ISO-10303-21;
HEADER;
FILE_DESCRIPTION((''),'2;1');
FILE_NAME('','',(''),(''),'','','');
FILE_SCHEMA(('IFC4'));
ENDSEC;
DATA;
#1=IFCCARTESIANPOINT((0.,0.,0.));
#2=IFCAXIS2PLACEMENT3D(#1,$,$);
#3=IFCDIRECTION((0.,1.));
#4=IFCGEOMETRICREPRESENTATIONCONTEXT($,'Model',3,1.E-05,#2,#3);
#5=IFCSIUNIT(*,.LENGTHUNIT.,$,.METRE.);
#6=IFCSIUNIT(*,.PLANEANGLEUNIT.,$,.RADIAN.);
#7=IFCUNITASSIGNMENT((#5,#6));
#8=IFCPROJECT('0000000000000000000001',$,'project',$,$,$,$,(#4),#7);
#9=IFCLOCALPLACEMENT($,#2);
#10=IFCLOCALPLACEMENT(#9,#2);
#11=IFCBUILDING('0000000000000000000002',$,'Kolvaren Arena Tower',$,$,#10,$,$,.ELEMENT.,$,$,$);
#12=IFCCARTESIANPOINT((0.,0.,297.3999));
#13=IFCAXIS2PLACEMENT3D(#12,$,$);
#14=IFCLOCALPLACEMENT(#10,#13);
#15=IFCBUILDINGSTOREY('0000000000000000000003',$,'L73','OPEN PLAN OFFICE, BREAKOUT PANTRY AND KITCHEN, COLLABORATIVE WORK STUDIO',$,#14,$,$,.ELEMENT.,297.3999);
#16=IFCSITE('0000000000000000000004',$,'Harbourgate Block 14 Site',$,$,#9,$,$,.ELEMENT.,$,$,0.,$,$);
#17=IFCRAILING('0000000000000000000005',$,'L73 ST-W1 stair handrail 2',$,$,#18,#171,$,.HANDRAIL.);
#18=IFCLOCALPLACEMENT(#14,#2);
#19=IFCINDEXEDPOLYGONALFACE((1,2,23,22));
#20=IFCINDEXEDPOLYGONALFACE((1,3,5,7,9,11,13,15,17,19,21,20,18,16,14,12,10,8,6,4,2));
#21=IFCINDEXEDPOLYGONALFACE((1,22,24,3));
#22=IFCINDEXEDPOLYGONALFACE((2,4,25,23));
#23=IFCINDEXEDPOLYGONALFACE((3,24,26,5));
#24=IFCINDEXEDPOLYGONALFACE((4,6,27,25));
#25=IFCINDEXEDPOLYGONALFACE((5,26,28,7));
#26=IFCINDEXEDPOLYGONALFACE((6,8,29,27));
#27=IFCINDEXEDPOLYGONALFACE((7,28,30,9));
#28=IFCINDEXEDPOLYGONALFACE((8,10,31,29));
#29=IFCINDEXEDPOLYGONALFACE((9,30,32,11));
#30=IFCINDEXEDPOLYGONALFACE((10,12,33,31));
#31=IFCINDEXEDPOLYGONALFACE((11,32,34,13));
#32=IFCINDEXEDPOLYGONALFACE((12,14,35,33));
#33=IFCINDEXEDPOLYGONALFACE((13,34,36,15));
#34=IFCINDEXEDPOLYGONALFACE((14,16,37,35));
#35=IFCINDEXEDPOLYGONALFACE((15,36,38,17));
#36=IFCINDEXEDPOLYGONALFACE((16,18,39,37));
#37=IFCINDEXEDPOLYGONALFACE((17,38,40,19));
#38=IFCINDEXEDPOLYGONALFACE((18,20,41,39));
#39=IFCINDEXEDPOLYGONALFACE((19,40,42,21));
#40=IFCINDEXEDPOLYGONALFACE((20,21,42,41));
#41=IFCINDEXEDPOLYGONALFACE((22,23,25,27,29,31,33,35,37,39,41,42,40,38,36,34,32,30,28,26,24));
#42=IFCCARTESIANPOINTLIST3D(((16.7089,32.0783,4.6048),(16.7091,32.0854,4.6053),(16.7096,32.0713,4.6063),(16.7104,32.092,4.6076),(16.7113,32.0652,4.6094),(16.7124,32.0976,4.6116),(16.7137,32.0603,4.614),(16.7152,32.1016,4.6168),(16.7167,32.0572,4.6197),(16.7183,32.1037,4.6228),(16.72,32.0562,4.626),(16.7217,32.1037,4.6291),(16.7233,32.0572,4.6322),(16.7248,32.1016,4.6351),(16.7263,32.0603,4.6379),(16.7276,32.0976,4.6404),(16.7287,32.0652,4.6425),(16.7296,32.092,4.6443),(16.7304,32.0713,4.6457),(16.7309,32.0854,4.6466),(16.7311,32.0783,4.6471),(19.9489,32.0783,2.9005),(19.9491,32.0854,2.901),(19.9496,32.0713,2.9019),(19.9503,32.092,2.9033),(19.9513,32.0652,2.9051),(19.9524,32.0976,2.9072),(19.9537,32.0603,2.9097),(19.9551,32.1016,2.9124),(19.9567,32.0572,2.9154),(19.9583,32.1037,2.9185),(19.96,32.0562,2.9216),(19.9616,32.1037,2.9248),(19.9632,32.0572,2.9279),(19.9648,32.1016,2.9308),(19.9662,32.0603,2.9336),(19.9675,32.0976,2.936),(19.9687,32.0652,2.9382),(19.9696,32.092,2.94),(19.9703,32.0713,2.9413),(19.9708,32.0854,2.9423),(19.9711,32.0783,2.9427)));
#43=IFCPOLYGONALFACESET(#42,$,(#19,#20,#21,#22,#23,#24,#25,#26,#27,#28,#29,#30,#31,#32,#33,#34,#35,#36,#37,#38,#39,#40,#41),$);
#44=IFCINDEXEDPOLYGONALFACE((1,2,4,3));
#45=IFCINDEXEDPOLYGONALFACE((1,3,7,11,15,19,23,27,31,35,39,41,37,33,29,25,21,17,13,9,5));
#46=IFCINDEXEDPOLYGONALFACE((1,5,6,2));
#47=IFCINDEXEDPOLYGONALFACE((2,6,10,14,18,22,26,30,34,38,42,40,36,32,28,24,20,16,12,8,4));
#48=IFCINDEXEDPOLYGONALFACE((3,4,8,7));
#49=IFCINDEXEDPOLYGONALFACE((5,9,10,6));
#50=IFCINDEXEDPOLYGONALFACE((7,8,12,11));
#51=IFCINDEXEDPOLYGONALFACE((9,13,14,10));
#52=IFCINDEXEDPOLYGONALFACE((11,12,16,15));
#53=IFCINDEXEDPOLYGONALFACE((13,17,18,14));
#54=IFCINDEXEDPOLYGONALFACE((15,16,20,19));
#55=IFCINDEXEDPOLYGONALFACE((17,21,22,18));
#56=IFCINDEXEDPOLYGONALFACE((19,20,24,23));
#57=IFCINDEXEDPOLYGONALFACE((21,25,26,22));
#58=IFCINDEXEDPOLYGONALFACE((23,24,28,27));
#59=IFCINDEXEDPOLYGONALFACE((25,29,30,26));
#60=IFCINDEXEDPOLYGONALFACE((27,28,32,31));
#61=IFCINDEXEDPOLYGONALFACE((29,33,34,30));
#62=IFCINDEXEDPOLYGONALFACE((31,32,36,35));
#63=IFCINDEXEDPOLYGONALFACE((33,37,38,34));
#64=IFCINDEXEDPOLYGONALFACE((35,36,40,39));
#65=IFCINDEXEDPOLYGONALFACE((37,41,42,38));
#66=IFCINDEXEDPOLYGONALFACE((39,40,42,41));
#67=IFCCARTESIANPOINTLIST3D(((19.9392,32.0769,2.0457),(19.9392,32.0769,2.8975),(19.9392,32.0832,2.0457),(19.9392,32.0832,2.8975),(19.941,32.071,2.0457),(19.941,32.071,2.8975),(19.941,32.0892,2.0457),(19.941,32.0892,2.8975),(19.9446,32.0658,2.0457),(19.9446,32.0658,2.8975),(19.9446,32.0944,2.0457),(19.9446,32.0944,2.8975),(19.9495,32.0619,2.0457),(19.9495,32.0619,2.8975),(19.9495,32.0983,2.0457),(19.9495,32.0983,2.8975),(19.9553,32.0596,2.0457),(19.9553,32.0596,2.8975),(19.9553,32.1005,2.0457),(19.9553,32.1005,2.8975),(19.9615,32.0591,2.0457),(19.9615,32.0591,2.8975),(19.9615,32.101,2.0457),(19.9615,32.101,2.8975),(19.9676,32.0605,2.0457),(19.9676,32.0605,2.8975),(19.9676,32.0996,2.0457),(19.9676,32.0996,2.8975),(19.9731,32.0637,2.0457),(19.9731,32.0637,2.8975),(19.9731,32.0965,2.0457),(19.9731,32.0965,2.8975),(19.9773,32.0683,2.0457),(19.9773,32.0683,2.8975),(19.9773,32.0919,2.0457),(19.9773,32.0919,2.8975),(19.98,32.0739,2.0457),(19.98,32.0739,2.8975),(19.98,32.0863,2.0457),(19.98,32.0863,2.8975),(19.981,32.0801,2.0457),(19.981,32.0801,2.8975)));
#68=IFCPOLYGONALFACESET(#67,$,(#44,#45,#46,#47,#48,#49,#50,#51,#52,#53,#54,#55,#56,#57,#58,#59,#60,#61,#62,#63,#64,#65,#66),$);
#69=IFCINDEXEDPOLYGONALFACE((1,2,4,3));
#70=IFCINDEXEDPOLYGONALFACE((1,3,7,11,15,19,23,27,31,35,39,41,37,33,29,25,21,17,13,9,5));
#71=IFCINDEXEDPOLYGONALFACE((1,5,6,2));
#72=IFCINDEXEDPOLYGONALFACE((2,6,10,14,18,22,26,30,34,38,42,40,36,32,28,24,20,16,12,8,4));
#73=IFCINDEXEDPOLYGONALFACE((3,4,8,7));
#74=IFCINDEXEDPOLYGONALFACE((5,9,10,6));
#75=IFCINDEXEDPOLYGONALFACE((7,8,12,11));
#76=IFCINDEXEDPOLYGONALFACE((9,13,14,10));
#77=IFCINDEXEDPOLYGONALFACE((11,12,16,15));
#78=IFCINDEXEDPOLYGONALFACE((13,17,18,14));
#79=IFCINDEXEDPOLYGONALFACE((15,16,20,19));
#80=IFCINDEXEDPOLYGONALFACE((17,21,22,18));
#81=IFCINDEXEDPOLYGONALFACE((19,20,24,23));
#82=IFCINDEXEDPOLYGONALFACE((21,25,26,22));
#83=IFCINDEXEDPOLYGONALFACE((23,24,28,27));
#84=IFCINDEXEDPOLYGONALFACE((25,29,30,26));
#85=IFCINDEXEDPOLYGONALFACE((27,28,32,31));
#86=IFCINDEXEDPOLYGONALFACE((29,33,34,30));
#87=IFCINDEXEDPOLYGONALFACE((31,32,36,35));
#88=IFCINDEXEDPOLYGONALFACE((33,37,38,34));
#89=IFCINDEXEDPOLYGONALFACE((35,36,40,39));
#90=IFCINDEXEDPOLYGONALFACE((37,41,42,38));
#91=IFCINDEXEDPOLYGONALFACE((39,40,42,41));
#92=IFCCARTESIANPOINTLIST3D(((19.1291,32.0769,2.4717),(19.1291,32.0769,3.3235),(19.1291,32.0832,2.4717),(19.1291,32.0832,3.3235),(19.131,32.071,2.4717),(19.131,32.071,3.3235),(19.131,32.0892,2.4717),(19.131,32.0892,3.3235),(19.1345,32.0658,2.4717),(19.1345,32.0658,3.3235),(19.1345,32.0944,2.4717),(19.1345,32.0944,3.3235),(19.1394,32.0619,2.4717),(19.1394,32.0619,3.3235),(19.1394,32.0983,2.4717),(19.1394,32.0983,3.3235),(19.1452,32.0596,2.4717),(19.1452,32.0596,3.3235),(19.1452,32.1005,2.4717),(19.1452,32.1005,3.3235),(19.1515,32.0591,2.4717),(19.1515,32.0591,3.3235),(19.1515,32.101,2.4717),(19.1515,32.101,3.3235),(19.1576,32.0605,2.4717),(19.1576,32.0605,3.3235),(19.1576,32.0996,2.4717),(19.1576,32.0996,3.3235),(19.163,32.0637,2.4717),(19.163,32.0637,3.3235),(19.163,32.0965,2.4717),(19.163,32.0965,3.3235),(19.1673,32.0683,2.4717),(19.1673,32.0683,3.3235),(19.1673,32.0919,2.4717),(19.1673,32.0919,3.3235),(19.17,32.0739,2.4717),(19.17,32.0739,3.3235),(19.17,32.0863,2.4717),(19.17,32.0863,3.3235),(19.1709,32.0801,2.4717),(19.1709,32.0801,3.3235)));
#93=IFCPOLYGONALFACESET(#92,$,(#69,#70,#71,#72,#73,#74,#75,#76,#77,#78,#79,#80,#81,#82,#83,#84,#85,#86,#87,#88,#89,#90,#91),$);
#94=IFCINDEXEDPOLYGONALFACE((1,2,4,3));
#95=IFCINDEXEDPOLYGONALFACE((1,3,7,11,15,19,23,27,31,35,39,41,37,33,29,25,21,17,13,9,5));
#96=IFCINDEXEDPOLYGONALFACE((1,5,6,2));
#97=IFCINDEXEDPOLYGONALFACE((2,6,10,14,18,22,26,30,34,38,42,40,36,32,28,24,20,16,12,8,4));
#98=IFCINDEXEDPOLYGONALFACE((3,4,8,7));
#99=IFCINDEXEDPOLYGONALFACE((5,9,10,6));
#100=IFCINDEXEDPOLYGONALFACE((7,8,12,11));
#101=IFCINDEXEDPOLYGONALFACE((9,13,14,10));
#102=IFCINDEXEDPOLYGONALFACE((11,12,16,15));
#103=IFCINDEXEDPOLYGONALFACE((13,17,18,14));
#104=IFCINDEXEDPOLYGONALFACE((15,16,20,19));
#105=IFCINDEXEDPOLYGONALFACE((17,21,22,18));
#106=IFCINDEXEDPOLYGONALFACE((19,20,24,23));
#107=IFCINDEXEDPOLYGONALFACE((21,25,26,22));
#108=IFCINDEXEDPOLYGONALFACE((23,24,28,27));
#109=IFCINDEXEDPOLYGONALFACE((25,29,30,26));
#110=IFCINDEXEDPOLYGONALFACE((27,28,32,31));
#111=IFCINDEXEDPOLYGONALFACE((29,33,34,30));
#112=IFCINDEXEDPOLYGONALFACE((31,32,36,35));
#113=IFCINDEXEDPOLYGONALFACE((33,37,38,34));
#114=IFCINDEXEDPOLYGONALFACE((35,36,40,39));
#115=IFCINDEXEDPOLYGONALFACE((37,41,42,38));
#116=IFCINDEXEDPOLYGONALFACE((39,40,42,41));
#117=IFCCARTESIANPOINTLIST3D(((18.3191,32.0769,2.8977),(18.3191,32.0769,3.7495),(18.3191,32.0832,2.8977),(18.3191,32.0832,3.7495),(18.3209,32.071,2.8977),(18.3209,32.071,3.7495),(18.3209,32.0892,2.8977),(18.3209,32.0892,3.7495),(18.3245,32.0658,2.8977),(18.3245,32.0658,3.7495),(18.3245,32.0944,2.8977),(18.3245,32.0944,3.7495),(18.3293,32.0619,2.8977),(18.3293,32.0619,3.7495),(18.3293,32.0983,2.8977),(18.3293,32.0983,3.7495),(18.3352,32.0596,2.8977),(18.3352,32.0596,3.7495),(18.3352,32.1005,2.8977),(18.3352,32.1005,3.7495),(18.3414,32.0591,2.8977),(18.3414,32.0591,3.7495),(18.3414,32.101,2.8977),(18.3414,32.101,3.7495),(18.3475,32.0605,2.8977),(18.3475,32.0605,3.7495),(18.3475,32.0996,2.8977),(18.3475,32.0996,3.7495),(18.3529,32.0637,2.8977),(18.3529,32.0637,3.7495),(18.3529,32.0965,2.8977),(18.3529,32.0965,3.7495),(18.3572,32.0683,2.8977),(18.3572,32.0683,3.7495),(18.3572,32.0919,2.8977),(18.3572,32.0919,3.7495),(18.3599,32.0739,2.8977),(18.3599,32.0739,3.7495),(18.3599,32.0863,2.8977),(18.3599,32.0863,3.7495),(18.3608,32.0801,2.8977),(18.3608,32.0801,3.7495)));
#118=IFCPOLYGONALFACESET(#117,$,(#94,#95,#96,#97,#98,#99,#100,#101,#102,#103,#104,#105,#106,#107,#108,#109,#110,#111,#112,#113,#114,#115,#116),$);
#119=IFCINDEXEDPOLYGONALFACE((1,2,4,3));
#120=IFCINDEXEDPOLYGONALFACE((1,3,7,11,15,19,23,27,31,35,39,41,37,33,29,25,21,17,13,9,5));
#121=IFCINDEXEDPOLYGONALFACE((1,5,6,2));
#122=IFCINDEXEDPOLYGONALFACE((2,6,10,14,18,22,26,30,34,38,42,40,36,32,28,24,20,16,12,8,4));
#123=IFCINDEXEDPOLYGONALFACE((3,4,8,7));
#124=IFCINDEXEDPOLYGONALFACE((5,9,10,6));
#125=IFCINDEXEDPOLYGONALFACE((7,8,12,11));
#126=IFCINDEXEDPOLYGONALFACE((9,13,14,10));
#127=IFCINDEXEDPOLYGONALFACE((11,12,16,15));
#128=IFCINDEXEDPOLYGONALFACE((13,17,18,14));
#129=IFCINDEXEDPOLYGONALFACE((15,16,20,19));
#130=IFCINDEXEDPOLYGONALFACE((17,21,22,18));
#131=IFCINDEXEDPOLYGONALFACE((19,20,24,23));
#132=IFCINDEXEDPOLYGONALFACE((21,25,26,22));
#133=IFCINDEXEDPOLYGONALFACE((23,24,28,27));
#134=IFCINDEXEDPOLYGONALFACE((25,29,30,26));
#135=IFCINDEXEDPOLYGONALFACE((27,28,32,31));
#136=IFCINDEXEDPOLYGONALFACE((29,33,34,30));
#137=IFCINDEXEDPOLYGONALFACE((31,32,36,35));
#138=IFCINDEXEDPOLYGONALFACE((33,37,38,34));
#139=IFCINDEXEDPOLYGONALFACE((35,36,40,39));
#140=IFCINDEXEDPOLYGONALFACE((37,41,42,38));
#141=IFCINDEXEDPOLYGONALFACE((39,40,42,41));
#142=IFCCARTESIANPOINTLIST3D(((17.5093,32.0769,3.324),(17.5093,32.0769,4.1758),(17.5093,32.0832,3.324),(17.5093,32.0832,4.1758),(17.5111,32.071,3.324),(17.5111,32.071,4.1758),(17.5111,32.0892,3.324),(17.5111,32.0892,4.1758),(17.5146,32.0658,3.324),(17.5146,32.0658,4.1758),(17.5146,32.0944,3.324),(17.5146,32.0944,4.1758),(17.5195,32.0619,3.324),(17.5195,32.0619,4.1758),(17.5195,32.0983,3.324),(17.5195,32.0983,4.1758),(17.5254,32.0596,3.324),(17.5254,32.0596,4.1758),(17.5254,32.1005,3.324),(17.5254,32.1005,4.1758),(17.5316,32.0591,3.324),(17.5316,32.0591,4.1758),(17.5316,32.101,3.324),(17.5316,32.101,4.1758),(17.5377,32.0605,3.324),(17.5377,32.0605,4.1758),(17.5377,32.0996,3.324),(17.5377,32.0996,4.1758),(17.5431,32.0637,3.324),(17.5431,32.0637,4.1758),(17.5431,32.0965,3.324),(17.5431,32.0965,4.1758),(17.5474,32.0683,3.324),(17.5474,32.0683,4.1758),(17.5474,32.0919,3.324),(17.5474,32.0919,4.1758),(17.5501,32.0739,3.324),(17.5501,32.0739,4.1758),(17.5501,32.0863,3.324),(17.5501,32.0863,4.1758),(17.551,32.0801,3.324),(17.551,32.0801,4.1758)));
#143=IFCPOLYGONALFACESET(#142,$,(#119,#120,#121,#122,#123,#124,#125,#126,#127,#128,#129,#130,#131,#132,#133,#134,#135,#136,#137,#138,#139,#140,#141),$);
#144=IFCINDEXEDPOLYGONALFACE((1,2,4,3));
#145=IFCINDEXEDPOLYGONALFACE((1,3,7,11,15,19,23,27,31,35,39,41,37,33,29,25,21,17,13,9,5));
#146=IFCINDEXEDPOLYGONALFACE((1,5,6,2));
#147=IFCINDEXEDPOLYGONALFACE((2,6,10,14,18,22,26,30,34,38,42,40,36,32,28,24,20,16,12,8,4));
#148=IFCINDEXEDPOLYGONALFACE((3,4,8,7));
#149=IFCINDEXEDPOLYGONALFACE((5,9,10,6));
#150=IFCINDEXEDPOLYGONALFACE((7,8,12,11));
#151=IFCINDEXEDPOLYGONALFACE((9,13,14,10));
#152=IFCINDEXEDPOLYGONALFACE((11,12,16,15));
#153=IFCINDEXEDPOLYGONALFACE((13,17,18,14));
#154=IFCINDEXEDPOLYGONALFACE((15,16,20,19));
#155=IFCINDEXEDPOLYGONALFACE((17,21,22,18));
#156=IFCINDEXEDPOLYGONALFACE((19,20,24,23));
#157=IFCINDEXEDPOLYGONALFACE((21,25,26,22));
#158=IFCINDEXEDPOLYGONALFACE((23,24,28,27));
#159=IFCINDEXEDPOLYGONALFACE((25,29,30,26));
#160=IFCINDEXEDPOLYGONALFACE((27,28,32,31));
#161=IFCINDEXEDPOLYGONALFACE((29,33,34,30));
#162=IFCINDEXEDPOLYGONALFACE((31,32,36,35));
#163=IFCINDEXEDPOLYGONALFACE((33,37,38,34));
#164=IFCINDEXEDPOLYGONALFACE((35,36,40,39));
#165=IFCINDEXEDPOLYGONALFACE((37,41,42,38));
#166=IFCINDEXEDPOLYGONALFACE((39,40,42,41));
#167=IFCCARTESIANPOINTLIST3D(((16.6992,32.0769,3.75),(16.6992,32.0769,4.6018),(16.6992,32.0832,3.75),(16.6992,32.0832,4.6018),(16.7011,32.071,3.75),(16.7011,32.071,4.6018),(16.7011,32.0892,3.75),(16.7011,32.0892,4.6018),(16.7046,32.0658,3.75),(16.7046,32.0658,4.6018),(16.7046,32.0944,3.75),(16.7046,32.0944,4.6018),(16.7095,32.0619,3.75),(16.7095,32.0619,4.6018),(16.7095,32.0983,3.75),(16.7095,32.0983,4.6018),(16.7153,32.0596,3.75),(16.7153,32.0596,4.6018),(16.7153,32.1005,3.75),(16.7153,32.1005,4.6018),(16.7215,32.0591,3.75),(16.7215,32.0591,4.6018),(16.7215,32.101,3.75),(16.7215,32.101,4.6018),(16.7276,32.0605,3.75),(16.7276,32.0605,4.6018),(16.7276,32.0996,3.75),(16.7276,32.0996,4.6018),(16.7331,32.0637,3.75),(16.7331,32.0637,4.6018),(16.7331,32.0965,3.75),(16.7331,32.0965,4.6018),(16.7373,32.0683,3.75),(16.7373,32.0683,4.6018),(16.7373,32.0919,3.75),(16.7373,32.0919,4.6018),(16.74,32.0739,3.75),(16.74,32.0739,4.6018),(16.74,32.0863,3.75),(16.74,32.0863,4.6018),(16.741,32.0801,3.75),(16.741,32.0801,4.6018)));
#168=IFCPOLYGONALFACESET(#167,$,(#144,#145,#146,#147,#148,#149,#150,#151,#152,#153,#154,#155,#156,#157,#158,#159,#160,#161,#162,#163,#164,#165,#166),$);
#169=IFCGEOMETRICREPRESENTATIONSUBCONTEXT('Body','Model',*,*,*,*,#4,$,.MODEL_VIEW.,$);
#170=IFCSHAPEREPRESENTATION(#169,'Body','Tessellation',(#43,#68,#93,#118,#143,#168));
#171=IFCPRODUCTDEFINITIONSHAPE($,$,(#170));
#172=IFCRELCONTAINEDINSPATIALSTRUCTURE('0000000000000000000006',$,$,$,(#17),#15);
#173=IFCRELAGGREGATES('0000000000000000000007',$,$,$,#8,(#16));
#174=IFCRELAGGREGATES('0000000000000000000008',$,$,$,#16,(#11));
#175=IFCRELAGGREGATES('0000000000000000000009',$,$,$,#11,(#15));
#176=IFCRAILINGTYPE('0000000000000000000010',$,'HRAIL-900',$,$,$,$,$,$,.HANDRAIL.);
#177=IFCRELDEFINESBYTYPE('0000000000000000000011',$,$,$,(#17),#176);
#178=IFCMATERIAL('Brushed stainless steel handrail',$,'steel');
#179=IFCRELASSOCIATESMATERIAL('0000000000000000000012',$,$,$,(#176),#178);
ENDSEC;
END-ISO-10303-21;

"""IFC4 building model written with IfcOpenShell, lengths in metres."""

from ifc_helpers import new_model, si_unit, direction, frame, origin, origin_2d, place, context, subcontext, project, spatial, circle, extrude, material, type_object, element, save


model = new_model("IFC4")

# Units and contexts
model_context = context("Model", 3, precision=1e-05, world=origin(), true_north=direction((0.0, 1.0)))
body_context = subcontext(model_context, "Body", "Model", "MODEL_VIEW")
ifc_project = project(units=[si_unit("LENGTHUNIT", "METRE"), si_unit("PLANEANGLEUNIT", "RADIAN")], contexts=[model_context])

# Site, building, storey
site_placement = place(None, origin())
site = spatial("IfcSite", under=ifc_project, at=site_placement, Name="Harbourgate Block 14 Site", CompositionType="ELEMENT", RefElevation=0.0)
building_placement = place(site_placement, origin())
building = spatial("IfcBuilding", under=site, at=building_placement, Name="Kolvaren Arena Tower", CompositionType="ELEMENT")
storey_placement = place(building_placement, frame((0.0, 0.0, 297.3999)))
storey = spatial("IfcBuildingStorey", under=building, at=storey_placement, Name="L73", Description="OPEN PLAN OFFICE, BREAKOUT PANTRY AND KITCHEN, COLLABORATIVE WORK STUDIO", CompositionType="ELEMENT", Elevation=297.3999)

# Railing
ifc_material_1 = material(Name="Brushed stainless steel handrail", Category="steel")
railing_type_1 = type_object("IfcRailingType", Name="HRAIL-900", PredefinedType="HANDRAIL", material=ifc_material_1)
railing_1_placement = place(storey_placement, frame((19.96, 32.0801, 2.0457)))
element("IfcRailing", 1, at=railing_1_placement, inside=storey, type_object=railing_type_1, Name="L73 ST-W1 stair handrail 2", PredefinedType="HANDRAIL", context=body_context, shape_type="SweptSolid", body=[
    extrude(circle(Radius=0.0239, at=origin_2d()), frame((0.0, 0.0, 0.876), z_axis=(-0.885021, 0.0, 0.465551), x_axis=(0.0, -1.0, 0.0)), (0.0, 0.0, 1.0), 3.6609),
    extrude(circle(Radius=0.021, at=origin_2d()), origin(), (0.0, 0.0, 1.0), 0.8518),
    extrude(circle(Radius=0.021, at=origin_2d()), frame((-0.8101, 0.0, 0.426)), (0.0, 0.0, 1.0), 0.8518),
    extrude(circle(Radius=0.021, at=origin_2d()), frame((-1.6201, 0.0, 0.8521)), (0.0, 0.0, 1.0), 0.8518),
    extrude(circle(Radius=0.021, at=origin_2d()), frame((-2.4299, 0.0, 1.2783)), (0.0, 0.0, 1.0), 0.8518),
    extrude(circle(Radius=0.021, at=origin_2d()), frame((-3.24, 0.0, 1.7043)), (0.0, 0.0, 1.0), 0.8518),
])

save(model, "model.ifc")
